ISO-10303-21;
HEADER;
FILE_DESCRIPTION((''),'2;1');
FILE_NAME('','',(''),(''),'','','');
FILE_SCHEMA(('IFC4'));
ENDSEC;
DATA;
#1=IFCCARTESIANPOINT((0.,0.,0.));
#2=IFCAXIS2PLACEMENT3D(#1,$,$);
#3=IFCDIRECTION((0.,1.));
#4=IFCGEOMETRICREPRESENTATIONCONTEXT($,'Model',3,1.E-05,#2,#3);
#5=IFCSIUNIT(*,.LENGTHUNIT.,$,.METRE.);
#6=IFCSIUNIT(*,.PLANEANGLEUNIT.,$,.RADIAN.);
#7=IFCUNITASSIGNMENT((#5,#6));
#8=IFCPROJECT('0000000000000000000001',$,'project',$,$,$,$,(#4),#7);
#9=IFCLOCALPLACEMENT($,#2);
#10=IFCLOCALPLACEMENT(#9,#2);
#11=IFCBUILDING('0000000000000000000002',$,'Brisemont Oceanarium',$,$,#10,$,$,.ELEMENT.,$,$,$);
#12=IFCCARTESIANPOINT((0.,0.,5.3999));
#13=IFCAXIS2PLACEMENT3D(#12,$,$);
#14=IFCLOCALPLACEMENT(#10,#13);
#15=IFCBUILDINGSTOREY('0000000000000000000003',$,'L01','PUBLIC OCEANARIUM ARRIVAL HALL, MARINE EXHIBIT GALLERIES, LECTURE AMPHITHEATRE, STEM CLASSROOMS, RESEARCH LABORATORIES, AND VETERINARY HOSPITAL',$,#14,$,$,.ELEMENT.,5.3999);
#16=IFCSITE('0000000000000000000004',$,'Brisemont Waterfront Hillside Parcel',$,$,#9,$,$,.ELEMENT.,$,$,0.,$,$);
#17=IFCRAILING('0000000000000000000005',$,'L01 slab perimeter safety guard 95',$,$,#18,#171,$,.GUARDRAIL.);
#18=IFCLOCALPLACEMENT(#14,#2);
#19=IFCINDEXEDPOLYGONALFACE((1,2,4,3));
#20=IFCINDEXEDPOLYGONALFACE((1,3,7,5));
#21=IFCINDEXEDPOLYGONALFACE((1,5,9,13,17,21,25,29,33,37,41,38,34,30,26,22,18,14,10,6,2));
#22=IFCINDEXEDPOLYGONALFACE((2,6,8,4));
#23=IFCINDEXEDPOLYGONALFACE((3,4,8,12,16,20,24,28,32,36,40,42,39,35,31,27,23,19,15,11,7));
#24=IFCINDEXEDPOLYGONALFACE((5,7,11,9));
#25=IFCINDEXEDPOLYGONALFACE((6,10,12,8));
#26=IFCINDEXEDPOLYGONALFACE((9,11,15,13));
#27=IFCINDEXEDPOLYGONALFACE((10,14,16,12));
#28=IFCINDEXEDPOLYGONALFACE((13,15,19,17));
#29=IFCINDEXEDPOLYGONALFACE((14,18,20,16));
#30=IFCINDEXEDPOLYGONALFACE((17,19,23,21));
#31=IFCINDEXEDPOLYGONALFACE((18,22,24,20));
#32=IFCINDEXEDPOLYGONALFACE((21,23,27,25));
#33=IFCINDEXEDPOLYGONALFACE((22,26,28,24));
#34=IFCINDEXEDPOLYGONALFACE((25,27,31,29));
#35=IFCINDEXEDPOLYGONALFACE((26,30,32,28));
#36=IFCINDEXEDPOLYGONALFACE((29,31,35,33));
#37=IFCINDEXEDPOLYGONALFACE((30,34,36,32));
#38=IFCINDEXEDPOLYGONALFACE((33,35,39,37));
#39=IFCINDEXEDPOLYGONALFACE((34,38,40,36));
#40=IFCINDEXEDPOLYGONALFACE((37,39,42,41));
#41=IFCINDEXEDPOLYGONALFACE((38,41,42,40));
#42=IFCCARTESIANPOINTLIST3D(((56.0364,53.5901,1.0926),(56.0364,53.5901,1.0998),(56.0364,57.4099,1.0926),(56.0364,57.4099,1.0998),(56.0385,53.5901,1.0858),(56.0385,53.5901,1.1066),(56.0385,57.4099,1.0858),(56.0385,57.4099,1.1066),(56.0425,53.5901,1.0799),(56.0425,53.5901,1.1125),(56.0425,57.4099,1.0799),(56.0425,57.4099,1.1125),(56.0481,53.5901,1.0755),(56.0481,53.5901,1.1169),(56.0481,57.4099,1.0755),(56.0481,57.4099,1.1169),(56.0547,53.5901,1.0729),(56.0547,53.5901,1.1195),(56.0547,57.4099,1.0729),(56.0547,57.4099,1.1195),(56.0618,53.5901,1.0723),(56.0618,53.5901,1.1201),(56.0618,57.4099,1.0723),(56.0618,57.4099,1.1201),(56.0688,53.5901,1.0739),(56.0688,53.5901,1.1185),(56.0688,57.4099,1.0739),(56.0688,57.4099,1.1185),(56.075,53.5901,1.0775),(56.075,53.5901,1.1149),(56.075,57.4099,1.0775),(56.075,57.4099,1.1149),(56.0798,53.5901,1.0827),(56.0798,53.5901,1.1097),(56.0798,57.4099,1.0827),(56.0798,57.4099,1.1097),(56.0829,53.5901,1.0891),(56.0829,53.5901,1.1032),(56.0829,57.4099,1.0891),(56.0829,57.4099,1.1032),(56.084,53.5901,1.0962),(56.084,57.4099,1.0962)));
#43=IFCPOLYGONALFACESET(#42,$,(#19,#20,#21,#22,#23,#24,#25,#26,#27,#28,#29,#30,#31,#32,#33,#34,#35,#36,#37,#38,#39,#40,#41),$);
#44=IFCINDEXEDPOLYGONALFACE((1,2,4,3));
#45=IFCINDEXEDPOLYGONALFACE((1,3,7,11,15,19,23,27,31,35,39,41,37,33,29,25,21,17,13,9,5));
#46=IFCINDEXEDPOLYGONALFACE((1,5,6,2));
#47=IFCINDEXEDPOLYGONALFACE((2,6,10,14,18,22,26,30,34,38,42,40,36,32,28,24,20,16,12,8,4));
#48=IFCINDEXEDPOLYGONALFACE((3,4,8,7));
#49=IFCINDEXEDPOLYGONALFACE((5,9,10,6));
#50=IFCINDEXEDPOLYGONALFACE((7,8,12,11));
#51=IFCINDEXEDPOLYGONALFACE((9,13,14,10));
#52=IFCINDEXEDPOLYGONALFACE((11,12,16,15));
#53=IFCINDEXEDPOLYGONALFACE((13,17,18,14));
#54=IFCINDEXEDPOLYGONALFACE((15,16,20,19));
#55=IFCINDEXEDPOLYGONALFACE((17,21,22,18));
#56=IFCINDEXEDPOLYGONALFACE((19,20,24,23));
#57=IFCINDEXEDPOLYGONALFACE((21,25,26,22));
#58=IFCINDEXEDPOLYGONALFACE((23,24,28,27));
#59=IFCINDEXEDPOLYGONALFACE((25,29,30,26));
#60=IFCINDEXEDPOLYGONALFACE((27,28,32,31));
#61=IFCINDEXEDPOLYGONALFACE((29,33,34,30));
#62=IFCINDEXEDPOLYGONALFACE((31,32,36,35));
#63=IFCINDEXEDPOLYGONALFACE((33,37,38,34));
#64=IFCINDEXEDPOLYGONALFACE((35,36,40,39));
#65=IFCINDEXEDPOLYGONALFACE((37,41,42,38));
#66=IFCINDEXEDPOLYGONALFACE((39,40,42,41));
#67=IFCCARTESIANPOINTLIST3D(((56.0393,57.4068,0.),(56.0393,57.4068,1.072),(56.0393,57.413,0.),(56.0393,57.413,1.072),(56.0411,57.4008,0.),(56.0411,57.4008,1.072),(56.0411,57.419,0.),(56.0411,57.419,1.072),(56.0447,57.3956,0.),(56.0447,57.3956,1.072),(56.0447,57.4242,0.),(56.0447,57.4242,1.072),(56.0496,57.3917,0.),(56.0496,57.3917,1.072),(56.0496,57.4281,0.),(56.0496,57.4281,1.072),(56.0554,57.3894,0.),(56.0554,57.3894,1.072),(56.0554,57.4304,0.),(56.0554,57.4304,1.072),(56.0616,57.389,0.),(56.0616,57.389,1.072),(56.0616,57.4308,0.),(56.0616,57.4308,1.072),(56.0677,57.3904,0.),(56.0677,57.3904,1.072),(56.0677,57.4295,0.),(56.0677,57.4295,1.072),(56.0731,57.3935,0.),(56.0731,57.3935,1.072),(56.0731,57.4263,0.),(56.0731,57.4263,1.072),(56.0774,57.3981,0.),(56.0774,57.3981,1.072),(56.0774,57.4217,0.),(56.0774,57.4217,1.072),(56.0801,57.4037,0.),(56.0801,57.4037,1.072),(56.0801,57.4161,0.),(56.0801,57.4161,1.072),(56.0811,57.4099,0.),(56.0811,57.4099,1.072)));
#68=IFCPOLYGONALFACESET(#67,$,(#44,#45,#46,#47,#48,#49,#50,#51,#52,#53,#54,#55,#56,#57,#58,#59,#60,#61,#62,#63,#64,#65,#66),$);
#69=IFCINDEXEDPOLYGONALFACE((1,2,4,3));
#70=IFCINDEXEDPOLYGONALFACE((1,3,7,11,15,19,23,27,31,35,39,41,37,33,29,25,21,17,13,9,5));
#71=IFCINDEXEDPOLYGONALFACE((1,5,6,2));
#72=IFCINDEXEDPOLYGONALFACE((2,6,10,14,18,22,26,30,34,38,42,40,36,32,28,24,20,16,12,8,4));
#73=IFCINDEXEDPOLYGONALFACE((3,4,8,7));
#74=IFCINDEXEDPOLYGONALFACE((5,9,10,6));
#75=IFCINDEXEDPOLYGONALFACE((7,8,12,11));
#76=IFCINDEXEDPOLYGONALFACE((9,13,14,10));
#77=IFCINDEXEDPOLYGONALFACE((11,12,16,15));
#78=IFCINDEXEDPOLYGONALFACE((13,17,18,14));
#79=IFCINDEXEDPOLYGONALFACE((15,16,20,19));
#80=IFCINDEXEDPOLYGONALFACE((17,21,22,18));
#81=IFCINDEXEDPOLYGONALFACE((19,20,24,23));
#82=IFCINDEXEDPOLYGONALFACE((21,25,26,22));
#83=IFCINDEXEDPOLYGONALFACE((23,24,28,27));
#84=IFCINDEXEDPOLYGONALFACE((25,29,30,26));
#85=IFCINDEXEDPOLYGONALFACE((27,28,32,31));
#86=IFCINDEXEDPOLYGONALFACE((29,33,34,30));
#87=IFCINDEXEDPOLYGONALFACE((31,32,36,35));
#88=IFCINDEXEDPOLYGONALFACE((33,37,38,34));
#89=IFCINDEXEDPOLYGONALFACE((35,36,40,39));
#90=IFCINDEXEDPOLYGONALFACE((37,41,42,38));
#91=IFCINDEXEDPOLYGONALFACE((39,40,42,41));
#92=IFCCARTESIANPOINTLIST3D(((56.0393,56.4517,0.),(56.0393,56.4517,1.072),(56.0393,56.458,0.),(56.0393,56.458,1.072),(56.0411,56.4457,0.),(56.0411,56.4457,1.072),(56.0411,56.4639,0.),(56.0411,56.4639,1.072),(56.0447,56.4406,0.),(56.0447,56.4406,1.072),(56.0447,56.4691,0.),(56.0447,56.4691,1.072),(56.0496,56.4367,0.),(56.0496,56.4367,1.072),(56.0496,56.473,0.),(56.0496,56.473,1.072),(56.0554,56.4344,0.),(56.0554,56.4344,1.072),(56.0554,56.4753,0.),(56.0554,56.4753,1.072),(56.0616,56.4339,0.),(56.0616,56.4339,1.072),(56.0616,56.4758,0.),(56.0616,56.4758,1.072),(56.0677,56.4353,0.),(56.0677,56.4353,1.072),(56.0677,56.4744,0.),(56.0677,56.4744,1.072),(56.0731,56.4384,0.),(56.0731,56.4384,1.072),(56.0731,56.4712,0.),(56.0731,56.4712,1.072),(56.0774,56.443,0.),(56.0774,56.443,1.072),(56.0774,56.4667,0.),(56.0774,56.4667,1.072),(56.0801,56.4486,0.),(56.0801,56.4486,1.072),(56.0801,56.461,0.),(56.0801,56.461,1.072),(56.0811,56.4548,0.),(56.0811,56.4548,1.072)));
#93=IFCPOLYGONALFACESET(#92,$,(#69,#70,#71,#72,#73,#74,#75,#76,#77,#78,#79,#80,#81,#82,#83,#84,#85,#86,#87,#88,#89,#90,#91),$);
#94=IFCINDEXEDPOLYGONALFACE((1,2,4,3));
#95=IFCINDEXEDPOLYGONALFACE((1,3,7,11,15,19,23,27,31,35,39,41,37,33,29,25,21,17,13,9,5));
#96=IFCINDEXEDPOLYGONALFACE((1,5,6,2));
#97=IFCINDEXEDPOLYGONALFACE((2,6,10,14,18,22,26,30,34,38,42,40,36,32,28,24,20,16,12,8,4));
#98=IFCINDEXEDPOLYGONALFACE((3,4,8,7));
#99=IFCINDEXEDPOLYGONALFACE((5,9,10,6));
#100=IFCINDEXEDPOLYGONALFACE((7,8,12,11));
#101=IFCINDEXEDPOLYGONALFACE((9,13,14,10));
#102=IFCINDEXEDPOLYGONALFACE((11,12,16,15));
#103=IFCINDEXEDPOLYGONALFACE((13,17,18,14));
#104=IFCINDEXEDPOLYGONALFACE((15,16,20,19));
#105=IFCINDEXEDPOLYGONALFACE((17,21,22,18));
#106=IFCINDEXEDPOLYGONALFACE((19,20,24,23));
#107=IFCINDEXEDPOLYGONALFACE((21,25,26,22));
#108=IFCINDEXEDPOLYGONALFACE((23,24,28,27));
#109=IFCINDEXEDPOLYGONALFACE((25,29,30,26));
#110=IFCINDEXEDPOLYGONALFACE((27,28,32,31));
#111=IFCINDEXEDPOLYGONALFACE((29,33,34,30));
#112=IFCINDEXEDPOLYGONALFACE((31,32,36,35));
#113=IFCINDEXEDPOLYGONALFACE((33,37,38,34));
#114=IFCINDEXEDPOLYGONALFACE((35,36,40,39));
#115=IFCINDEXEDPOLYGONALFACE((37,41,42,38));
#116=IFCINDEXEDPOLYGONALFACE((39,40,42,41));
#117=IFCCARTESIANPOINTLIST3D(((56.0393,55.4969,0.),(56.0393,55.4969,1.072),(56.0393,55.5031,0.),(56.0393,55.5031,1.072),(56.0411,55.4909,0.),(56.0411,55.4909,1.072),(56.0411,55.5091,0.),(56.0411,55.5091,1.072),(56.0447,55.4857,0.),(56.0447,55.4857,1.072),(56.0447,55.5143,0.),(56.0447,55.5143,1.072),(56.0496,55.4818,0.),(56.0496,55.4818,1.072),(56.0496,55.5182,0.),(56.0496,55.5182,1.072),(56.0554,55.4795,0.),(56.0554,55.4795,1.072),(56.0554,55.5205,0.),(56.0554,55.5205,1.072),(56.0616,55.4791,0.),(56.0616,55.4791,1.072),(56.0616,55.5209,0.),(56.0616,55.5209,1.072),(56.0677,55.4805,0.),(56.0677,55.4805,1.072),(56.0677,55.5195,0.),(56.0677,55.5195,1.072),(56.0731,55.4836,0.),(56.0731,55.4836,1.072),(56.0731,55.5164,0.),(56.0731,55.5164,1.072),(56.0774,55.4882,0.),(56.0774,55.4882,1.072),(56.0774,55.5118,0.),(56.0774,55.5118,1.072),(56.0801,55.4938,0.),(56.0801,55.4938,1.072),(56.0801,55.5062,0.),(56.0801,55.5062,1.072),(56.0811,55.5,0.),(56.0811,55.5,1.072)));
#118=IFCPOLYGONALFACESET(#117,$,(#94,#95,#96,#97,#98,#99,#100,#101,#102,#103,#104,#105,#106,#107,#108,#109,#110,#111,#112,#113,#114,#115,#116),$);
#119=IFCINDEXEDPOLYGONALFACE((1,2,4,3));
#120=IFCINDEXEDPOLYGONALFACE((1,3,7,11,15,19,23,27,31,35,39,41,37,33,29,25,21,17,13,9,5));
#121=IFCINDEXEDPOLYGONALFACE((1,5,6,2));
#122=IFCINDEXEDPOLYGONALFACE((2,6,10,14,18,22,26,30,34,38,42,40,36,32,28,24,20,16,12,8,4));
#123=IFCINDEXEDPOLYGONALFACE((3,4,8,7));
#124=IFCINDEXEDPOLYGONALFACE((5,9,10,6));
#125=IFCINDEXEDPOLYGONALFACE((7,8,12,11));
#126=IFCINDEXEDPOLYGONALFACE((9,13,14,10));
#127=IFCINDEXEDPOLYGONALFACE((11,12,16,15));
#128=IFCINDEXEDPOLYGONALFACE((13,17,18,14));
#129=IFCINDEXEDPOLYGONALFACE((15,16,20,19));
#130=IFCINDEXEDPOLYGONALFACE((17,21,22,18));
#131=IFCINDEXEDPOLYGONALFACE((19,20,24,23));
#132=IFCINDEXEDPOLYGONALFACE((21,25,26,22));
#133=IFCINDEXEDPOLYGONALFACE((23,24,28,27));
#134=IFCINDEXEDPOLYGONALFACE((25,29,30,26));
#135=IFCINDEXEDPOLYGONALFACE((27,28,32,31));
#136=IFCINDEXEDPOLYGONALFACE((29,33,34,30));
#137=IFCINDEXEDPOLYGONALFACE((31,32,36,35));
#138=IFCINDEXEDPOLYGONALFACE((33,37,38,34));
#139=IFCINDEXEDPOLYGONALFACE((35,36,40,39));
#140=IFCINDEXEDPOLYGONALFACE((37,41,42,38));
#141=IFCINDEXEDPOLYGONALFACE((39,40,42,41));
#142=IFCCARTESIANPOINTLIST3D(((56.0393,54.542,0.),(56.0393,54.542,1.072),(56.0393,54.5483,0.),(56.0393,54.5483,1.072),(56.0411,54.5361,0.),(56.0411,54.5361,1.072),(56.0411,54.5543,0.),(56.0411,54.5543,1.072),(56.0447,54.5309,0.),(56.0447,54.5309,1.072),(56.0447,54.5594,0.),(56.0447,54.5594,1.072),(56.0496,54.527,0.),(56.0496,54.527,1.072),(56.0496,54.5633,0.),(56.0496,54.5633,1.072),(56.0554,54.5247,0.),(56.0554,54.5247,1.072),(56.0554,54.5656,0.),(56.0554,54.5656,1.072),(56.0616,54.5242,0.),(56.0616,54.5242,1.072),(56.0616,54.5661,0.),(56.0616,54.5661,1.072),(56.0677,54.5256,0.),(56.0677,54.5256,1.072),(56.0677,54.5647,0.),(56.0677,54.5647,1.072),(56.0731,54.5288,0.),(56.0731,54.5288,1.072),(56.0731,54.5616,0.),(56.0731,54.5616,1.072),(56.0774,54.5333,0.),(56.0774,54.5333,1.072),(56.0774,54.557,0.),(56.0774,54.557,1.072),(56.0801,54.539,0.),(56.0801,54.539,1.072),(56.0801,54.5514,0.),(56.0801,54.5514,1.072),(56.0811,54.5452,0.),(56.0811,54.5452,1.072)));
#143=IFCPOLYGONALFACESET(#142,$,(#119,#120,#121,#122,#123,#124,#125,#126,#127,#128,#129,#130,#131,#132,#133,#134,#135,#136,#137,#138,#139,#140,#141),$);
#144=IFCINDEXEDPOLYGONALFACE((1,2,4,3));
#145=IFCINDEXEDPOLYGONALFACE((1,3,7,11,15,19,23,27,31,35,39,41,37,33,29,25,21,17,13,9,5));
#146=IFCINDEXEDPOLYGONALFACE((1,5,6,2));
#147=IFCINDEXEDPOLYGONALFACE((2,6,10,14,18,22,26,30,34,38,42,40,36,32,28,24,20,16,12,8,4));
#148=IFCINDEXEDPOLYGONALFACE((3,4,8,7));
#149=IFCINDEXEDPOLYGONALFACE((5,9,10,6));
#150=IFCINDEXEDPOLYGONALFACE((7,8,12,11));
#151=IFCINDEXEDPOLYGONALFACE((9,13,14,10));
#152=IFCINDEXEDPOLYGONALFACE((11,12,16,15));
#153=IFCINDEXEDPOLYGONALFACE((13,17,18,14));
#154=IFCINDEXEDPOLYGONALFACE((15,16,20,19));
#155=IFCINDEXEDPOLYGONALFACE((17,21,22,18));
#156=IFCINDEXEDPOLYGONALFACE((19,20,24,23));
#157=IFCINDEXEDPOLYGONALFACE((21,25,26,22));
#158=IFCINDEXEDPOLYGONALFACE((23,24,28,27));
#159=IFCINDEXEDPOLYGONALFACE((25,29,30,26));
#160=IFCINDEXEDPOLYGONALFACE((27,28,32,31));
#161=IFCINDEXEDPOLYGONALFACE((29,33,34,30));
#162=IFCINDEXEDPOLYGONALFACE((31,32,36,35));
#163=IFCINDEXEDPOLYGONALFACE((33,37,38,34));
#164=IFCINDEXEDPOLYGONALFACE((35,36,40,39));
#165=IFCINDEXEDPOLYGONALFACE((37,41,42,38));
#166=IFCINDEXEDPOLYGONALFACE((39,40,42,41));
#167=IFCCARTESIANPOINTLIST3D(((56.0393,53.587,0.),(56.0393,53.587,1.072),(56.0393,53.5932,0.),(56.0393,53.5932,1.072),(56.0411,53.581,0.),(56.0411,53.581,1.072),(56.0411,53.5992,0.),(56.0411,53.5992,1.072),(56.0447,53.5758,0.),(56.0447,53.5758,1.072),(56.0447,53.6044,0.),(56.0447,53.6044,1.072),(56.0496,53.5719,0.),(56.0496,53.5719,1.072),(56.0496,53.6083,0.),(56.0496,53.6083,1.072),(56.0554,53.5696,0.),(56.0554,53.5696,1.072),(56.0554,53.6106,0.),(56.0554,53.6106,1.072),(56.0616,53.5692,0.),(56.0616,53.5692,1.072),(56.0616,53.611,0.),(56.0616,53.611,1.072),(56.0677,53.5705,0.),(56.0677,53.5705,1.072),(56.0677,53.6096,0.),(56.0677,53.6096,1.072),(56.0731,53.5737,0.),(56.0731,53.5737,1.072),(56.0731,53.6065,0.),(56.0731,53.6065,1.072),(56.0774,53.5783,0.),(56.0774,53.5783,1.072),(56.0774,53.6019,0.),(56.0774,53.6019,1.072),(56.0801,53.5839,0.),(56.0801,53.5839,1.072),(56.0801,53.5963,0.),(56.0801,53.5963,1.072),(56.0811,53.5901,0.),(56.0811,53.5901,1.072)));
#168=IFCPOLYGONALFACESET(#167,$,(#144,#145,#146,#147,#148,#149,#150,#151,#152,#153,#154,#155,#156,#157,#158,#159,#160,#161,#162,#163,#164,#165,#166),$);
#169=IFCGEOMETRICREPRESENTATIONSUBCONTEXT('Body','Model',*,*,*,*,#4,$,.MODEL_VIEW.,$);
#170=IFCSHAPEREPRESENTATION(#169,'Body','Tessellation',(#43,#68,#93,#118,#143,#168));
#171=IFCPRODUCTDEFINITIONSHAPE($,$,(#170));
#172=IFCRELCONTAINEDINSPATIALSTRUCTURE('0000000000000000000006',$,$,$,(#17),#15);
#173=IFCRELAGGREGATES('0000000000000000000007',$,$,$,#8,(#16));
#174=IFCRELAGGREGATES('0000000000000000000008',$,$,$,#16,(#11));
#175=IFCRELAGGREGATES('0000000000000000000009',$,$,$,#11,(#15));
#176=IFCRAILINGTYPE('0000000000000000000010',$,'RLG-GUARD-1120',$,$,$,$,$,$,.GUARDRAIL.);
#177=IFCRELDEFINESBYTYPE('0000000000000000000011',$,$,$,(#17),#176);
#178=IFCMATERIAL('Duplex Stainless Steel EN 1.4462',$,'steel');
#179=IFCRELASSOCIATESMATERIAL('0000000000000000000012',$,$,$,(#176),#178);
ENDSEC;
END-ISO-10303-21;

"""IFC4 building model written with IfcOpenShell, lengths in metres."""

from ifc_helpers import new_model, si_unit, direction, frame, origin, origin_2d, place, context, subcontext, project, spatial, circle, extrude, material, type_object, element, save


model = new_model("IFC4")

# Units and contexts
model_context = context("Model", 3, precision=1e-05, world=origin(), true_north=direction((0.0, 1.0)))
body_context = subcontext(model_context, "Body", "Model", "MODEL_VIEW")
ifc_project = project(units=[si_unit("LENGTHUNIT", "METRE"), si_unit("PLANEANGLEUNIT", "RADIAN")], contexts=[model_context])

# Site, building, storey
site_placement = place(None, origin())
site = spatial("IfcSite", under=ifc_project, at=site_placement, Name="Brisemont Waterfront Hillside Parcel", CompositionType="ELEMENT", RefElevation=0.0)
building_placement = place(site_placement, origin())
building = spatial("IfcBuilding", under=site, at=building_placement, Name="Brisemont Oceanarium", CompositionType="ELEMENT")
storey_placement = place(building_placement, frame((0.0, 0.0, 5.3999)))
storey = spatial("IfcBuildingStorey", under=building, at=storey_placement, Name="L01", Description="PUBLIC OCEANARIUM ARRIVAL HALL, MARINE EXHIBIT GALLERIES, LECTURE AMPHITHEATRE, STEM CLASSROOMS, RESEARCH LABORATORIES, AND VETERINARY HOSPITAL", CompositionType="ELEMENT", Elevation=5.3999)

# Railing
ifc_material_1 = material(Name="Duplex Stainless Steel EN 1.4462", Category="steel")
railing_type_1 = type_object("IfcRailingType", Name="RLG-GUARD-1120", PredefinedType="GUARDRAIL", material=ifc_material_1)
railing_1_placement = place(storey_placement, frame((56.0601, 57.4099, 0.0)))
element("IfcRailing", 1, at=railing_1_placement, inside=storey, type_object=railing_type_1, Name="L01 slab perimeter safety guard 95", PredefinedType="GUARDRAIL", context=body_context, shape_type="SweptSolid", body=[
    extrude(circle(Radius=0.0239, at=origin_2d()), frame((0.0, 0.0, 1.0962), z_axis=(0.0, -1.0, 0.0), x_axis=(1.0, 0.0, 0.0)), (0.0, 0.0, 1.0), 3.8198),
    extrude(circle(Radius=0.021, at=origin_2d()), origin(), (0.0, 0.0, 1.0), 1.072),
    extrude(circle(Radius=0.021, at=origin_2d()), frame((0.0, -0.9551, 0.0)), (0.0, 0.0, 1.0), 1.072),
    extrude(circle(Radius=0.021, at=origin_2d()), frame((0.0, -1.9099, 0.0)), (0.0, 0.0, 1.0), 1.072),
    extrude(circle(Radius=0.021, at=origin_2d()), frame((0.0, -2.8647, 0.0)), (0.0, 0.0, 1.0), 1.072),
    extrude(circle(Radius=0.021, at=origin_2d()), frame((0.0, -3.8198, 0.0)), (0.0, 0.0, 1.0), 1.072),
])

save(model, "model.ifc")
